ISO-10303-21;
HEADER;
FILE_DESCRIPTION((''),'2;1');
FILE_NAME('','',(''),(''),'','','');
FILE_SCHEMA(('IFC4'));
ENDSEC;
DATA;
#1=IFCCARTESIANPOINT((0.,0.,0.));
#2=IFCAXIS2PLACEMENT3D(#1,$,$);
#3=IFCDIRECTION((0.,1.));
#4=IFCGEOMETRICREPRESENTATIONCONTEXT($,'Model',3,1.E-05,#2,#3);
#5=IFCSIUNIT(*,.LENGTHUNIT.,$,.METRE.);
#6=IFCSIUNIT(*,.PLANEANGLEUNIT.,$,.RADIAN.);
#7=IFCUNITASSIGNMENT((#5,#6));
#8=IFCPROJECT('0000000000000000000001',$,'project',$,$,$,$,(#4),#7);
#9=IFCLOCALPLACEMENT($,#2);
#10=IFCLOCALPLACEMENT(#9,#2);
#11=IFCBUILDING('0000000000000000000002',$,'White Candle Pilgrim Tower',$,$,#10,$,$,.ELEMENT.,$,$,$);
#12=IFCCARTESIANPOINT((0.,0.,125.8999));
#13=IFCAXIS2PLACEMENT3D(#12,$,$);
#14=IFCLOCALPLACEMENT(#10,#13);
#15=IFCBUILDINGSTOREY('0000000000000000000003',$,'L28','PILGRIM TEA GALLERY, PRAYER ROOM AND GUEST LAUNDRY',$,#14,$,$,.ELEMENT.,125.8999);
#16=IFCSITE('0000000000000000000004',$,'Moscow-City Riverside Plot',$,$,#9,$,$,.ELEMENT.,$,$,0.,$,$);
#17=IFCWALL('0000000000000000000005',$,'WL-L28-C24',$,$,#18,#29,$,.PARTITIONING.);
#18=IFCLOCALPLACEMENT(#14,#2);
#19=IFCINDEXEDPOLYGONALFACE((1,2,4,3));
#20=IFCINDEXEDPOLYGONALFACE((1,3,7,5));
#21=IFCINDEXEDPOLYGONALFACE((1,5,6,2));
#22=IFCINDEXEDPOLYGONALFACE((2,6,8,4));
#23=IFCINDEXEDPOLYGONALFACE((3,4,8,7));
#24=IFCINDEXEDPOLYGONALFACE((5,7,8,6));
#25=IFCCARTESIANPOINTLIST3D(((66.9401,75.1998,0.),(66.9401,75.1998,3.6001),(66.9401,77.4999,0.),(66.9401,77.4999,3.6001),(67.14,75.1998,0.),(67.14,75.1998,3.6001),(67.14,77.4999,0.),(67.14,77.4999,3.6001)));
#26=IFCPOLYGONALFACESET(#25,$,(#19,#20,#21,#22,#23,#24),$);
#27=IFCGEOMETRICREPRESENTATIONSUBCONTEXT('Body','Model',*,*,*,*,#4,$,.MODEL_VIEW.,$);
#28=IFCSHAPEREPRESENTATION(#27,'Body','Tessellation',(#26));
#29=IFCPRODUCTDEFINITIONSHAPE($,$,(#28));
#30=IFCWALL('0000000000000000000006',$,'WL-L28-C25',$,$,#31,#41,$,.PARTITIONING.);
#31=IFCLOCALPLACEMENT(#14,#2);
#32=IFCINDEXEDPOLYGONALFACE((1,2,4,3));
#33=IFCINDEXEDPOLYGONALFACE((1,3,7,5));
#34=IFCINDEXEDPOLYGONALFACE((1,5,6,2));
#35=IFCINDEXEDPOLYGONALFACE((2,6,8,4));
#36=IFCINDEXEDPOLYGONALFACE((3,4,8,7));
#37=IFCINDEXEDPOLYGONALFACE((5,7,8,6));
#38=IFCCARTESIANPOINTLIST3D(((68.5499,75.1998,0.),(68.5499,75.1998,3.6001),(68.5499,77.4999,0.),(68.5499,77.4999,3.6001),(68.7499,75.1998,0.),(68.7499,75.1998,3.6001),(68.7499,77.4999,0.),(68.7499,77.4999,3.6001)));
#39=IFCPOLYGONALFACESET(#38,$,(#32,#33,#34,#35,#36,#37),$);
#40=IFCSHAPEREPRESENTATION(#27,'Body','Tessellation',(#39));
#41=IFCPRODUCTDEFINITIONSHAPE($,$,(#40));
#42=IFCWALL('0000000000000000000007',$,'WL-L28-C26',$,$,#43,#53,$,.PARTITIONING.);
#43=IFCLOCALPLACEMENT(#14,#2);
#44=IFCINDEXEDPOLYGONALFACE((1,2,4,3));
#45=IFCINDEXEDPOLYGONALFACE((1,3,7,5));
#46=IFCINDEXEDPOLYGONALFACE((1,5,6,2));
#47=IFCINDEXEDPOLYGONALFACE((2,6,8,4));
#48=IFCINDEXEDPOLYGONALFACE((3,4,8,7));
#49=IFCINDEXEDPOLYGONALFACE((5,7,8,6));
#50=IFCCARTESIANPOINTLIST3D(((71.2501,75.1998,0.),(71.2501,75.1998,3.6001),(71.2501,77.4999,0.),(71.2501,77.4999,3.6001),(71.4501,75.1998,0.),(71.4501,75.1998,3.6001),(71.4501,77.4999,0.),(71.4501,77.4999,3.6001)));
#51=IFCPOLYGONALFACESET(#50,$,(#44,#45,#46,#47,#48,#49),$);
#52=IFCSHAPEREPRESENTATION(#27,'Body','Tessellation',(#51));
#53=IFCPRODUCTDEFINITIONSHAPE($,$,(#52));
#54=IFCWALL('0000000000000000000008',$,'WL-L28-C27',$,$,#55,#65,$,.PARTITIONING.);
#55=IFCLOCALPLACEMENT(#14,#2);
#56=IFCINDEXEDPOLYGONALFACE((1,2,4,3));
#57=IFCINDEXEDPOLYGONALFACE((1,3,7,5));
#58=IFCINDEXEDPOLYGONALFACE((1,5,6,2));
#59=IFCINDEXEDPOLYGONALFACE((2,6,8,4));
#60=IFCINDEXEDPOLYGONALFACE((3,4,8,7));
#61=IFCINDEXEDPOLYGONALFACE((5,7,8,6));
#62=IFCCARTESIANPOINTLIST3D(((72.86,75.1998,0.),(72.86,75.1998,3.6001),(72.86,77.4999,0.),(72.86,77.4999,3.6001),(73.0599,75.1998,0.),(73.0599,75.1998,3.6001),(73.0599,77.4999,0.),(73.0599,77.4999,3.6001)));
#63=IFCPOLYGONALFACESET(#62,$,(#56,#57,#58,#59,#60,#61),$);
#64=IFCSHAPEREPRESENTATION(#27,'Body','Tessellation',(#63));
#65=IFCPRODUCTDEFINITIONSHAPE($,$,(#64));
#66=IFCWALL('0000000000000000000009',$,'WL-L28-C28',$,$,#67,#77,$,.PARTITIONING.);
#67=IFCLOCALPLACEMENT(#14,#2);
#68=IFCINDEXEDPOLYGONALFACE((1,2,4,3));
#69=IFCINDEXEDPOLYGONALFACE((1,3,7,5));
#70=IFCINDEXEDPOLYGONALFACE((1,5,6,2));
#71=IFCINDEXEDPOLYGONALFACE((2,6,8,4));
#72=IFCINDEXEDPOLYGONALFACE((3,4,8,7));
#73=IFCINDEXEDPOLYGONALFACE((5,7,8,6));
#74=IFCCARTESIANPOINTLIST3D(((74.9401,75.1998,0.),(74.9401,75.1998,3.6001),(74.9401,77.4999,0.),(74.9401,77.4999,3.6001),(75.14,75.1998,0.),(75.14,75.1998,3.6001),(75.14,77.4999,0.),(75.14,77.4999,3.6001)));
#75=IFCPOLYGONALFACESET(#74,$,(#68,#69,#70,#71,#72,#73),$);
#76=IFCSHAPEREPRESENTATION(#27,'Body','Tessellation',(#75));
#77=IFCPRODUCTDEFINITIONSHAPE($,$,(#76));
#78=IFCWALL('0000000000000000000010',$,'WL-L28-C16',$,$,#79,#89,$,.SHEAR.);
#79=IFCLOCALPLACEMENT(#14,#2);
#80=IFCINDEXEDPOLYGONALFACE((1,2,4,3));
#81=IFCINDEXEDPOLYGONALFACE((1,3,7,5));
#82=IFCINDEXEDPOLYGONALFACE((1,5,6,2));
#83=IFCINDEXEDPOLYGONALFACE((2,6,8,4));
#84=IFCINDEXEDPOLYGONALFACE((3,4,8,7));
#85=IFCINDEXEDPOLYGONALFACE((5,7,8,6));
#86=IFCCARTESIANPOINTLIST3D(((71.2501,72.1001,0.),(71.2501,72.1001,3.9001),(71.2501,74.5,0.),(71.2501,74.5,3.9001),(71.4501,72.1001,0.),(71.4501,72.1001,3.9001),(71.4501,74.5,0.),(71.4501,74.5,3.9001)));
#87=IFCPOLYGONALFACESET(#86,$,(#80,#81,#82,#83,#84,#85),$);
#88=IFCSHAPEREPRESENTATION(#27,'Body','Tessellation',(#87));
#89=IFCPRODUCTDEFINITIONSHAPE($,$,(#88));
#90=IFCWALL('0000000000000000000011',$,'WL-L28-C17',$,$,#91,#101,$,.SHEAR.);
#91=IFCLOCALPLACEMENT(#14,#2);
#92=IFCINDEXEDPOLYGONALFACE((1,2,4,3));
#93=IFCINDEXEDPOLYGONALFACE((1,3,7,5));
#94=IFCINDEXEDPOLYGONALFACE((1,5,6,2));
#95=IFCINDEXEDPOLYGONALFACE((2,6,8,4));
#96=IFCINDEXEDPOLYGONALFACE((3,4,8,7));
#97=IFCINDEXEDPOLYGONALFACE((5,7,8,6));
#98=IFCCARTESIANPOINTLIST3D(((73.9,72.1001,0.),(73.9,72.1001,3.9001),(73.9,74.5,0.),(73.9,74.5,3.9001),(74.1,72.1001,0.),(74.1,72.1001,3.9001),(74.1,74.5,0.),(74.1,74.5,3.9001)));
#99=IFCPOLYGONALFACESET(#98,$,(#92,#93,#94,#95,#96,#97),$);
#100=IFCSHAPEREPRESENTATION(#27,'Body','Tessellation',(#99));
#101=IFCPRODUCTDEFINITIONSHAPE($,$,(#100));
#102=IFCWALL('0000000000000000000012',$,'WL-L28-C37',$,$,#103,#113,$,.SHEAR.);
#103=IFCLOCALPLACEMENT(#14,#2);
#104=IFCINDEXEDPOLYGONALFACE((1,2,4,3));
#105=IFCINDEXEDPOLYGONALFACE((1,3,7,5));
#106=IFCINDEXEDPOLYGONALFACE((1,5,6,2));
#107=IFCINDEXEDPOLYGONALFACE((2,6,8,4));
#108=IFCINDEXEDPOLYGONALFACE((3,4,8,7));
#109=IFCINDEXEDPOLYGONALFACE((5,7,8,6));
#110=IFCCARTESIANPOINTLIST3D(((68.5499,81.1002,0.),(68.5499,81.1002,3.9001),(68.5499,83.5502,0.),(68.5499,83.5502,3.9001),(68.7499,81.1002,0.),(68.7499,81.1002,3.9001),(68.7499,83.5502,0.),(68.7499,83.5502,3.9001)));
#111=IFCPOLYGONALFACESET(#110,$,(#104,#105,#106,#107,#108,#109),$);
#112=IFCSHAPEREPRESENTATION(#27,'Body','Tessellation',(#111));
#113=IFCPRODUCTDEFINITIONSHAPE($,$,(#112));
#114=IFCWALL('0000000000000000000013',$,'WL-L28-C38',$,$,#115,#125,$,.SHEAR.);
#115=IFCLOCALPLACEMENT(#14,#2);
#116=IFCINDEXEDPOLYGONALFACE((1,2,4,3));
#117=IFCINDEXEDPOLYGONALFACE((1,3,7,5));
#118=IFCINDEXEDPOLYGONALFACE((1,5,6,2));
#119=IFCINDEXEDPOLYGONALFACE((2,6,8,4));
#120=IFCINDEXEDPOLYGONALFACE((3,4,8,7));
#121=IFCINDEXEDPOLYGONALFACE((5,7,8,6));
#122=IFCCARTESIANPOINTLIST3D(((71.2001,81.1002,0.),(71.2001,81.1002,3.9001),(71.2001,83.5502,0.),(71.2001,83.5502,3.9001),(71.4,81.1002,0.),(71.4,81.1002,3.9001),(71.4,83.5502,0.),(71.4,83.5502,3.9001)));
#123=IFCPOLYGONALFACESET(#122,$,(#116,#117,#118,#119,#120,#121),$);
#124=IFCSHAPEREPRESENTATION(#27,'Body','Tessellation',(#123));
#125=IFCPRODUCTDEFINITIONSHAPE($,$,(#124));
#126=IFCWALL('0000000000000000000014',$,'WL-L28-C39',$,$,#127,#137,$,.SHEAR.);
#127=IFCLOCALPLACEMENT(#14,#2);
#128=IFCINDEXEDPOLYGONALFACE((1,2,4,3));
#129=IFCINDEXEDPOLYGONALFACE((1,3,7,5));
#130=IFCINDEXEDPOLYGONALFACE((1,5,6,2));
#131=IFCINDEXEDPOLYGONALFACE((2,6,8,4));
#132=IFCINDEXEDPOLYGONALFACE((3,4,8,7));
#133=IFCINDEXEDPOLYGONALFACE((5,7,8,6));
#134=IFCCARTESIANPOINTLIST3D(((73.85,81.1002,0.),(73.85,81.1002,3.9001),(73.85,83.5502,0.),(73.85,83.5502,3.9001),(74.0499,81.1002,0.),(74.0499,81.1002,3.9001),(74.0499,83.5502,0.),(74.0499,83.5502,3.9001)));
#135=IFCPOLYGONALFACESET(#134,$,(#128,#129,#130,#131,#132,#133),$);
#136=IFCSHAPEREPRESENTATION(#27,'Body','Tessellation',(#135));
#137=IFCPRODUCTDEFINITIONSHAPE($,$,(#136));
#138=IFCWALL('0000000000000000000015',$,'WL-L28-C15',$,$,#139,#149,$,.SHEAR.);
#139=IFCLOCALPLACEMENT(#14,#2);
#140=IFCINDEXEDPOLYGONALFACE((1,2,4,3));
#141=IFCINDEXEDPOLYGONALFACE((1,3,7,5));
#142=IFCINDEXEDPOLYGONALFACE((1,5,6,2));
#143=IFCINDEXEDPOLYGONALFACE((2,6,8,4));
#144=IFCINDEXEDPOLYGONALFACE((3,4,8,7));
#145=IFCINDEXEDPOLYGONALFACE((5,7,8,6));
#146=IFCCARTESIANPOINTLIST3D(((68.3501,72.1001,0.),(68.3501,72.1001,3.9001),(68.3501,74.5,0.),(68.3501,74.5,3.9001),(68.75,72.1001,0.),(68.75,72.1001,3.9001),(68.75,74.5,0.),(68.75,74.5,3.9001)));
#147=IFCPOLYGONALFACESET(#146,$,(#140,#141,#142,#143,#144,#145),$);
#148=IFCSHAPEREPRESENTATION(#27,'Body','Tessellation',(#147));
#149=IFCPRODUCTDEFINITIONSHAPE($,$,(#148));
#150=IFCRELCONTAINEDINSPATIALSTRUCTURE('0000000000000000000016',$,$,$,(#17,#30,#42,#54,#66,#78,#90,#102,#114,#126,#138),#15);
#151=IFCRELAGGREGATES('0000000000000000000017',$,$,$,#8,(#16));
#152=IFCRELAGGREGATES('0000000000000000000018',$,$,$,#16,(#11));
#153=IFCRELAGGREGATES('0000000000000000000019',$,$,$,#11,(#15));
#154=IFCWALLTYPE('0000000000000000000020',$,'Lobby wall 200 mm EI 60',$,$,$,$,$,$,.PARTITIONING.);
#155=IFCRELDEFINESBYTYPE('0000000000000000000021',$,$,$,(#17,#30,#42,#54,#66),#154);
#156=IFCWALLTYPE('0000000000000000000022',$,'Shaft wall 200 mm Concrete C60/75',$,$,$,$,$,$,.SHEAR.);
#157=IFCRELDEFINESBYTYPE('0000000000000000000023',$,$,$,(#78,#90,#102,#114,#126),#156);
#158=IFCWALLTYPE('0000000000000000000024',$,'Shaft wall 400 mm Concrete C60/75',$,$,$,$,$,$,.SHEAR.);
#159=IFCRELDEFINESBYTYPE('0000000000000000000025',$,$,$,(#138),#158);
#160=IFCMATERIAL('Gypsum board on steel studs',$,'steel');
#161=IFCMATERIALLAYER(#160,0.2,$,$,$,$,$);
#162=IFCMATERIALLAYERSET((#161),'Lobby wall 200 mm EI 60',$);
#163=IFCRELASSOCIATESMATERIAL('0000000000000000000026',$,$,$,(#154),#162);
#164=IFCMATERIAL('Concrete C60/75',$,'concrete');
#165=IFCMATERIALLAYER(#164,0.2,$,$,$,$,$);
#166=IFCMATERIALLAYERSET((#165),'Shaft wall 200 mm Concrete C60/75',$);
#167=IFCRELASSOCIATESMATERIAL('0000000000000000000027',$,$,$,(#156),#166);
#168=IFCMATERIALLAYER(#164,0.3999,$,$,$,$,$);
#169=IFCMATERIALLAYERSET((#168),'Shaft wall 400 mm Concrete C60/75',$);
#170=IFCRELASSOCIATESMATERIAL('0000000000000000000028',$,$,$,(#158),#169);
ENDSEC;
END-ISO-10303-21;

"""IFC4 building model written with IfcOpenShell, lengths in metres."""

from ifc_helpers import new_model, si_unit, direction, frame, frame_2d, origin, place, context, subcontext, project, spatial, rectangle, extrude, material, layer, layer_set, type_object, element, save


model = new_model("IFC4")

# Units and contexts
model_context = context("Model", 3, precision=1e-05, world=origin(), true_north=direction((0.0, 1.0)))
body_context = subcontext(model_context, "Body", "Model", "MODEL_VIEW")
ifc_project = project(units=[si_unit("LENGTHUNIT", "METRE"), si_unit("PLANEANGLEUNIT", "RADIAN")], contexts=[model_context])

# Site, building, storey
site_placement = place(None, origin())
site = spatial("IfcSite", under=ifc_project, at=site_placement, Name="Moscow-City Riverside Plot", CompositionType="ELEMENT", RefElevation=0.0)
building_placement = place(site_placement, origin())
building = spatial("IfcBuilding", under=site, at=building_placement, Name="White Candle Pilgrim Tower", CompositionType="ELEMENT")
storey_placement = place(building_placement, frame((0.0, 0.0, 125.8999)))
storey = spatial("IfcBuildingStorey", under=building, at=storey_placement, Name="L28", Description="PILGRIM TEA GALLERY, PRAYER ROOM AND GUEST LAUNDRY", CompositionType="ELEMENT", Elevation=125.8999)

# Walls
ifc_material_1 = material(Name="Gypsum board on steel studs", Category="steel")
ifc_layer_1 = layer(ifc_material_1, 0.2)
ifc_layer_set_1 = layer_set([ifc_layer_1], Name="Lobby wall 200 mm EI 60")
wall_type_1 = type_object("IfcWallType", Name="Lobby wall 200 mm EI 60", PredefinedType="PARTITIONING", material=ifc_layer_set_1)
for number, where, z_axis, x_axis, name in (
    (1, (67.04, 75.2, 0.0), (0.0, 0.0, 1.0), (0.0, 1.0, 0.0), "WL-L28-C24"),
    (2, (68.6499, 75.2, 0.0), (0.0, 0.0, 1.0), (0.0, 1.0, 0.0), "WL-L28-C25"),
    (3, (71.3501, 75.2, 0.0), (0.0, 0.0, 1.0), (0.0, 1.0, 0.0), "WL-L28-C26"),
    (4, (72.96, 75.2, 0.0), (0.0, 0.0, 1.0), (0.0, 1.0, 0.0), "WL-L28-C27"),
    (5, (75.04, 75.2, 0.0), (0.0, 0.0, 1.0), (0.0, 1.0, 0.0), "WL-L28-C28"),
):
    element("IfcWall", number, at=place(storey_placement, frame(where, z_axis=z_axis, x_axis=x_axis)), inside=storey, type_object=wall_type_1, Name=name, PredefinedType="PARTITIONING", context=body_context, shape_type="SweptSolid", body=[
        extrude(rectangle(XDim=2.3, YDim=0.2, at=frame_2d((1.1499, 0.0))), origin(), (0.0, 0.0, 1.0), 3.6001),
    ])
ifc_material_2 = material(Name="Concrete C60/75", Category="concrete")
ifc_layer_2 = layer(ifc_material_2, 0.2)
ifc_layer_set_2 = layer_set([ifc_layer_2], Name="Shaft wall 200 mm Concrete C60/75")
wall_type_2 = type_object("IfcWallType", Name="Shaft wall 200 mm Concrete C60/75", PredefinedType="SHEAR", material=ifc_layer_set_2)
for number, where, z_axis, x_axis, name in (
    (6, (71.3501, 72.1001, 0.0), (0.0, 0.0, 1.0), (0.0, 1.0, 0.0), "WL-L28-C16"),
    (7, (74.0, 72.1001, 0.0), (0.0, 0.0, 1.0), (0.0, 1.0, 0.0), "WL-L28-C17"),
):
    element("IfcWall", number, at=place(storey_placement, frame(where, z_axis=z_axis, x_axis=x_axis)), inside=storey, type_object=wall_type_2, Name=name, PredefinedType="SHEAR", context=body_context, shape_type="SweptSolid", body=[
        extrude(rectangle(XDim=2.3999, YDim=0.2, at=frame_2d((1.2, 0.0))), origin(), (0.0, 0.0, 1.0), 3.9001),
    ])
for number, where, z_axis, x_axis, name in (
    (8, (68.6499, 81.1001, 0.0), (0.0, 0.0, 1.0), (0.0, 1.0, 0.0), "WL-L28-C37"),
    (9, (71.3, 81.1001, 0.0), (0.0, 0.0, 1.0), (0.0, 1.0, 0.0), "WL-L28-C38"),
    (10, (73.95, 81.1001, 0.0), (0.0, 0.0, 1.0), (0.0, 1.0, 0.0), "WL-L28-C39"),
):
    element("IfcWall", number, at=place(storey_placement, frame(where, z_axis=z_axis, x_axis=x_axis)), inside=storey, type_object=wall_type_2, Name=name, PredefinedType="SHEAR", context=body_context, shape_type="SweptSolid", body=[
        extrude(rectangle(XDim=2.45, YDim=0.2, at=frame_2d((1.2251, 0.0))), origin(), (0.0, 0.0, 1.0), 3.9001),
    ])
ifc_layer_3 = layer(ifc_material_2, 0.3999)
ifc_layer_set_3 = layer_set([ifc_layer_3], Name="Shaft wall 400 mm Concrete C60/75")
wall_type_3 = type_object("IfcWallType", Name="Shaft wall 400 mm Concrete C60/75", PredefinedType="SHEAR", material=ifc_layer_set_3)
wall_1_placement = place(storey_placement, frame((68.55, 72.1001, 0.0), z_axis=(0.0, 0.0, 1.0), x_axis=(0.0, 1.0, 0.0)))
element("IfcWall", 11, at=wall_1_placement, inside=storey, type_object=wall_type_3, Name="WL-L28-C15", PredefinedType="SHEAR", context=body_context, shape_type="SweptSolid", body=[
    extrude(rectangle(XDim=2.3999, YDim=0.3999, at=frame_2d((1.2, 0.0))), origin(), (0.0, 0.0, 1.0), 3.9001),
])

save(model, "model.ifc")
